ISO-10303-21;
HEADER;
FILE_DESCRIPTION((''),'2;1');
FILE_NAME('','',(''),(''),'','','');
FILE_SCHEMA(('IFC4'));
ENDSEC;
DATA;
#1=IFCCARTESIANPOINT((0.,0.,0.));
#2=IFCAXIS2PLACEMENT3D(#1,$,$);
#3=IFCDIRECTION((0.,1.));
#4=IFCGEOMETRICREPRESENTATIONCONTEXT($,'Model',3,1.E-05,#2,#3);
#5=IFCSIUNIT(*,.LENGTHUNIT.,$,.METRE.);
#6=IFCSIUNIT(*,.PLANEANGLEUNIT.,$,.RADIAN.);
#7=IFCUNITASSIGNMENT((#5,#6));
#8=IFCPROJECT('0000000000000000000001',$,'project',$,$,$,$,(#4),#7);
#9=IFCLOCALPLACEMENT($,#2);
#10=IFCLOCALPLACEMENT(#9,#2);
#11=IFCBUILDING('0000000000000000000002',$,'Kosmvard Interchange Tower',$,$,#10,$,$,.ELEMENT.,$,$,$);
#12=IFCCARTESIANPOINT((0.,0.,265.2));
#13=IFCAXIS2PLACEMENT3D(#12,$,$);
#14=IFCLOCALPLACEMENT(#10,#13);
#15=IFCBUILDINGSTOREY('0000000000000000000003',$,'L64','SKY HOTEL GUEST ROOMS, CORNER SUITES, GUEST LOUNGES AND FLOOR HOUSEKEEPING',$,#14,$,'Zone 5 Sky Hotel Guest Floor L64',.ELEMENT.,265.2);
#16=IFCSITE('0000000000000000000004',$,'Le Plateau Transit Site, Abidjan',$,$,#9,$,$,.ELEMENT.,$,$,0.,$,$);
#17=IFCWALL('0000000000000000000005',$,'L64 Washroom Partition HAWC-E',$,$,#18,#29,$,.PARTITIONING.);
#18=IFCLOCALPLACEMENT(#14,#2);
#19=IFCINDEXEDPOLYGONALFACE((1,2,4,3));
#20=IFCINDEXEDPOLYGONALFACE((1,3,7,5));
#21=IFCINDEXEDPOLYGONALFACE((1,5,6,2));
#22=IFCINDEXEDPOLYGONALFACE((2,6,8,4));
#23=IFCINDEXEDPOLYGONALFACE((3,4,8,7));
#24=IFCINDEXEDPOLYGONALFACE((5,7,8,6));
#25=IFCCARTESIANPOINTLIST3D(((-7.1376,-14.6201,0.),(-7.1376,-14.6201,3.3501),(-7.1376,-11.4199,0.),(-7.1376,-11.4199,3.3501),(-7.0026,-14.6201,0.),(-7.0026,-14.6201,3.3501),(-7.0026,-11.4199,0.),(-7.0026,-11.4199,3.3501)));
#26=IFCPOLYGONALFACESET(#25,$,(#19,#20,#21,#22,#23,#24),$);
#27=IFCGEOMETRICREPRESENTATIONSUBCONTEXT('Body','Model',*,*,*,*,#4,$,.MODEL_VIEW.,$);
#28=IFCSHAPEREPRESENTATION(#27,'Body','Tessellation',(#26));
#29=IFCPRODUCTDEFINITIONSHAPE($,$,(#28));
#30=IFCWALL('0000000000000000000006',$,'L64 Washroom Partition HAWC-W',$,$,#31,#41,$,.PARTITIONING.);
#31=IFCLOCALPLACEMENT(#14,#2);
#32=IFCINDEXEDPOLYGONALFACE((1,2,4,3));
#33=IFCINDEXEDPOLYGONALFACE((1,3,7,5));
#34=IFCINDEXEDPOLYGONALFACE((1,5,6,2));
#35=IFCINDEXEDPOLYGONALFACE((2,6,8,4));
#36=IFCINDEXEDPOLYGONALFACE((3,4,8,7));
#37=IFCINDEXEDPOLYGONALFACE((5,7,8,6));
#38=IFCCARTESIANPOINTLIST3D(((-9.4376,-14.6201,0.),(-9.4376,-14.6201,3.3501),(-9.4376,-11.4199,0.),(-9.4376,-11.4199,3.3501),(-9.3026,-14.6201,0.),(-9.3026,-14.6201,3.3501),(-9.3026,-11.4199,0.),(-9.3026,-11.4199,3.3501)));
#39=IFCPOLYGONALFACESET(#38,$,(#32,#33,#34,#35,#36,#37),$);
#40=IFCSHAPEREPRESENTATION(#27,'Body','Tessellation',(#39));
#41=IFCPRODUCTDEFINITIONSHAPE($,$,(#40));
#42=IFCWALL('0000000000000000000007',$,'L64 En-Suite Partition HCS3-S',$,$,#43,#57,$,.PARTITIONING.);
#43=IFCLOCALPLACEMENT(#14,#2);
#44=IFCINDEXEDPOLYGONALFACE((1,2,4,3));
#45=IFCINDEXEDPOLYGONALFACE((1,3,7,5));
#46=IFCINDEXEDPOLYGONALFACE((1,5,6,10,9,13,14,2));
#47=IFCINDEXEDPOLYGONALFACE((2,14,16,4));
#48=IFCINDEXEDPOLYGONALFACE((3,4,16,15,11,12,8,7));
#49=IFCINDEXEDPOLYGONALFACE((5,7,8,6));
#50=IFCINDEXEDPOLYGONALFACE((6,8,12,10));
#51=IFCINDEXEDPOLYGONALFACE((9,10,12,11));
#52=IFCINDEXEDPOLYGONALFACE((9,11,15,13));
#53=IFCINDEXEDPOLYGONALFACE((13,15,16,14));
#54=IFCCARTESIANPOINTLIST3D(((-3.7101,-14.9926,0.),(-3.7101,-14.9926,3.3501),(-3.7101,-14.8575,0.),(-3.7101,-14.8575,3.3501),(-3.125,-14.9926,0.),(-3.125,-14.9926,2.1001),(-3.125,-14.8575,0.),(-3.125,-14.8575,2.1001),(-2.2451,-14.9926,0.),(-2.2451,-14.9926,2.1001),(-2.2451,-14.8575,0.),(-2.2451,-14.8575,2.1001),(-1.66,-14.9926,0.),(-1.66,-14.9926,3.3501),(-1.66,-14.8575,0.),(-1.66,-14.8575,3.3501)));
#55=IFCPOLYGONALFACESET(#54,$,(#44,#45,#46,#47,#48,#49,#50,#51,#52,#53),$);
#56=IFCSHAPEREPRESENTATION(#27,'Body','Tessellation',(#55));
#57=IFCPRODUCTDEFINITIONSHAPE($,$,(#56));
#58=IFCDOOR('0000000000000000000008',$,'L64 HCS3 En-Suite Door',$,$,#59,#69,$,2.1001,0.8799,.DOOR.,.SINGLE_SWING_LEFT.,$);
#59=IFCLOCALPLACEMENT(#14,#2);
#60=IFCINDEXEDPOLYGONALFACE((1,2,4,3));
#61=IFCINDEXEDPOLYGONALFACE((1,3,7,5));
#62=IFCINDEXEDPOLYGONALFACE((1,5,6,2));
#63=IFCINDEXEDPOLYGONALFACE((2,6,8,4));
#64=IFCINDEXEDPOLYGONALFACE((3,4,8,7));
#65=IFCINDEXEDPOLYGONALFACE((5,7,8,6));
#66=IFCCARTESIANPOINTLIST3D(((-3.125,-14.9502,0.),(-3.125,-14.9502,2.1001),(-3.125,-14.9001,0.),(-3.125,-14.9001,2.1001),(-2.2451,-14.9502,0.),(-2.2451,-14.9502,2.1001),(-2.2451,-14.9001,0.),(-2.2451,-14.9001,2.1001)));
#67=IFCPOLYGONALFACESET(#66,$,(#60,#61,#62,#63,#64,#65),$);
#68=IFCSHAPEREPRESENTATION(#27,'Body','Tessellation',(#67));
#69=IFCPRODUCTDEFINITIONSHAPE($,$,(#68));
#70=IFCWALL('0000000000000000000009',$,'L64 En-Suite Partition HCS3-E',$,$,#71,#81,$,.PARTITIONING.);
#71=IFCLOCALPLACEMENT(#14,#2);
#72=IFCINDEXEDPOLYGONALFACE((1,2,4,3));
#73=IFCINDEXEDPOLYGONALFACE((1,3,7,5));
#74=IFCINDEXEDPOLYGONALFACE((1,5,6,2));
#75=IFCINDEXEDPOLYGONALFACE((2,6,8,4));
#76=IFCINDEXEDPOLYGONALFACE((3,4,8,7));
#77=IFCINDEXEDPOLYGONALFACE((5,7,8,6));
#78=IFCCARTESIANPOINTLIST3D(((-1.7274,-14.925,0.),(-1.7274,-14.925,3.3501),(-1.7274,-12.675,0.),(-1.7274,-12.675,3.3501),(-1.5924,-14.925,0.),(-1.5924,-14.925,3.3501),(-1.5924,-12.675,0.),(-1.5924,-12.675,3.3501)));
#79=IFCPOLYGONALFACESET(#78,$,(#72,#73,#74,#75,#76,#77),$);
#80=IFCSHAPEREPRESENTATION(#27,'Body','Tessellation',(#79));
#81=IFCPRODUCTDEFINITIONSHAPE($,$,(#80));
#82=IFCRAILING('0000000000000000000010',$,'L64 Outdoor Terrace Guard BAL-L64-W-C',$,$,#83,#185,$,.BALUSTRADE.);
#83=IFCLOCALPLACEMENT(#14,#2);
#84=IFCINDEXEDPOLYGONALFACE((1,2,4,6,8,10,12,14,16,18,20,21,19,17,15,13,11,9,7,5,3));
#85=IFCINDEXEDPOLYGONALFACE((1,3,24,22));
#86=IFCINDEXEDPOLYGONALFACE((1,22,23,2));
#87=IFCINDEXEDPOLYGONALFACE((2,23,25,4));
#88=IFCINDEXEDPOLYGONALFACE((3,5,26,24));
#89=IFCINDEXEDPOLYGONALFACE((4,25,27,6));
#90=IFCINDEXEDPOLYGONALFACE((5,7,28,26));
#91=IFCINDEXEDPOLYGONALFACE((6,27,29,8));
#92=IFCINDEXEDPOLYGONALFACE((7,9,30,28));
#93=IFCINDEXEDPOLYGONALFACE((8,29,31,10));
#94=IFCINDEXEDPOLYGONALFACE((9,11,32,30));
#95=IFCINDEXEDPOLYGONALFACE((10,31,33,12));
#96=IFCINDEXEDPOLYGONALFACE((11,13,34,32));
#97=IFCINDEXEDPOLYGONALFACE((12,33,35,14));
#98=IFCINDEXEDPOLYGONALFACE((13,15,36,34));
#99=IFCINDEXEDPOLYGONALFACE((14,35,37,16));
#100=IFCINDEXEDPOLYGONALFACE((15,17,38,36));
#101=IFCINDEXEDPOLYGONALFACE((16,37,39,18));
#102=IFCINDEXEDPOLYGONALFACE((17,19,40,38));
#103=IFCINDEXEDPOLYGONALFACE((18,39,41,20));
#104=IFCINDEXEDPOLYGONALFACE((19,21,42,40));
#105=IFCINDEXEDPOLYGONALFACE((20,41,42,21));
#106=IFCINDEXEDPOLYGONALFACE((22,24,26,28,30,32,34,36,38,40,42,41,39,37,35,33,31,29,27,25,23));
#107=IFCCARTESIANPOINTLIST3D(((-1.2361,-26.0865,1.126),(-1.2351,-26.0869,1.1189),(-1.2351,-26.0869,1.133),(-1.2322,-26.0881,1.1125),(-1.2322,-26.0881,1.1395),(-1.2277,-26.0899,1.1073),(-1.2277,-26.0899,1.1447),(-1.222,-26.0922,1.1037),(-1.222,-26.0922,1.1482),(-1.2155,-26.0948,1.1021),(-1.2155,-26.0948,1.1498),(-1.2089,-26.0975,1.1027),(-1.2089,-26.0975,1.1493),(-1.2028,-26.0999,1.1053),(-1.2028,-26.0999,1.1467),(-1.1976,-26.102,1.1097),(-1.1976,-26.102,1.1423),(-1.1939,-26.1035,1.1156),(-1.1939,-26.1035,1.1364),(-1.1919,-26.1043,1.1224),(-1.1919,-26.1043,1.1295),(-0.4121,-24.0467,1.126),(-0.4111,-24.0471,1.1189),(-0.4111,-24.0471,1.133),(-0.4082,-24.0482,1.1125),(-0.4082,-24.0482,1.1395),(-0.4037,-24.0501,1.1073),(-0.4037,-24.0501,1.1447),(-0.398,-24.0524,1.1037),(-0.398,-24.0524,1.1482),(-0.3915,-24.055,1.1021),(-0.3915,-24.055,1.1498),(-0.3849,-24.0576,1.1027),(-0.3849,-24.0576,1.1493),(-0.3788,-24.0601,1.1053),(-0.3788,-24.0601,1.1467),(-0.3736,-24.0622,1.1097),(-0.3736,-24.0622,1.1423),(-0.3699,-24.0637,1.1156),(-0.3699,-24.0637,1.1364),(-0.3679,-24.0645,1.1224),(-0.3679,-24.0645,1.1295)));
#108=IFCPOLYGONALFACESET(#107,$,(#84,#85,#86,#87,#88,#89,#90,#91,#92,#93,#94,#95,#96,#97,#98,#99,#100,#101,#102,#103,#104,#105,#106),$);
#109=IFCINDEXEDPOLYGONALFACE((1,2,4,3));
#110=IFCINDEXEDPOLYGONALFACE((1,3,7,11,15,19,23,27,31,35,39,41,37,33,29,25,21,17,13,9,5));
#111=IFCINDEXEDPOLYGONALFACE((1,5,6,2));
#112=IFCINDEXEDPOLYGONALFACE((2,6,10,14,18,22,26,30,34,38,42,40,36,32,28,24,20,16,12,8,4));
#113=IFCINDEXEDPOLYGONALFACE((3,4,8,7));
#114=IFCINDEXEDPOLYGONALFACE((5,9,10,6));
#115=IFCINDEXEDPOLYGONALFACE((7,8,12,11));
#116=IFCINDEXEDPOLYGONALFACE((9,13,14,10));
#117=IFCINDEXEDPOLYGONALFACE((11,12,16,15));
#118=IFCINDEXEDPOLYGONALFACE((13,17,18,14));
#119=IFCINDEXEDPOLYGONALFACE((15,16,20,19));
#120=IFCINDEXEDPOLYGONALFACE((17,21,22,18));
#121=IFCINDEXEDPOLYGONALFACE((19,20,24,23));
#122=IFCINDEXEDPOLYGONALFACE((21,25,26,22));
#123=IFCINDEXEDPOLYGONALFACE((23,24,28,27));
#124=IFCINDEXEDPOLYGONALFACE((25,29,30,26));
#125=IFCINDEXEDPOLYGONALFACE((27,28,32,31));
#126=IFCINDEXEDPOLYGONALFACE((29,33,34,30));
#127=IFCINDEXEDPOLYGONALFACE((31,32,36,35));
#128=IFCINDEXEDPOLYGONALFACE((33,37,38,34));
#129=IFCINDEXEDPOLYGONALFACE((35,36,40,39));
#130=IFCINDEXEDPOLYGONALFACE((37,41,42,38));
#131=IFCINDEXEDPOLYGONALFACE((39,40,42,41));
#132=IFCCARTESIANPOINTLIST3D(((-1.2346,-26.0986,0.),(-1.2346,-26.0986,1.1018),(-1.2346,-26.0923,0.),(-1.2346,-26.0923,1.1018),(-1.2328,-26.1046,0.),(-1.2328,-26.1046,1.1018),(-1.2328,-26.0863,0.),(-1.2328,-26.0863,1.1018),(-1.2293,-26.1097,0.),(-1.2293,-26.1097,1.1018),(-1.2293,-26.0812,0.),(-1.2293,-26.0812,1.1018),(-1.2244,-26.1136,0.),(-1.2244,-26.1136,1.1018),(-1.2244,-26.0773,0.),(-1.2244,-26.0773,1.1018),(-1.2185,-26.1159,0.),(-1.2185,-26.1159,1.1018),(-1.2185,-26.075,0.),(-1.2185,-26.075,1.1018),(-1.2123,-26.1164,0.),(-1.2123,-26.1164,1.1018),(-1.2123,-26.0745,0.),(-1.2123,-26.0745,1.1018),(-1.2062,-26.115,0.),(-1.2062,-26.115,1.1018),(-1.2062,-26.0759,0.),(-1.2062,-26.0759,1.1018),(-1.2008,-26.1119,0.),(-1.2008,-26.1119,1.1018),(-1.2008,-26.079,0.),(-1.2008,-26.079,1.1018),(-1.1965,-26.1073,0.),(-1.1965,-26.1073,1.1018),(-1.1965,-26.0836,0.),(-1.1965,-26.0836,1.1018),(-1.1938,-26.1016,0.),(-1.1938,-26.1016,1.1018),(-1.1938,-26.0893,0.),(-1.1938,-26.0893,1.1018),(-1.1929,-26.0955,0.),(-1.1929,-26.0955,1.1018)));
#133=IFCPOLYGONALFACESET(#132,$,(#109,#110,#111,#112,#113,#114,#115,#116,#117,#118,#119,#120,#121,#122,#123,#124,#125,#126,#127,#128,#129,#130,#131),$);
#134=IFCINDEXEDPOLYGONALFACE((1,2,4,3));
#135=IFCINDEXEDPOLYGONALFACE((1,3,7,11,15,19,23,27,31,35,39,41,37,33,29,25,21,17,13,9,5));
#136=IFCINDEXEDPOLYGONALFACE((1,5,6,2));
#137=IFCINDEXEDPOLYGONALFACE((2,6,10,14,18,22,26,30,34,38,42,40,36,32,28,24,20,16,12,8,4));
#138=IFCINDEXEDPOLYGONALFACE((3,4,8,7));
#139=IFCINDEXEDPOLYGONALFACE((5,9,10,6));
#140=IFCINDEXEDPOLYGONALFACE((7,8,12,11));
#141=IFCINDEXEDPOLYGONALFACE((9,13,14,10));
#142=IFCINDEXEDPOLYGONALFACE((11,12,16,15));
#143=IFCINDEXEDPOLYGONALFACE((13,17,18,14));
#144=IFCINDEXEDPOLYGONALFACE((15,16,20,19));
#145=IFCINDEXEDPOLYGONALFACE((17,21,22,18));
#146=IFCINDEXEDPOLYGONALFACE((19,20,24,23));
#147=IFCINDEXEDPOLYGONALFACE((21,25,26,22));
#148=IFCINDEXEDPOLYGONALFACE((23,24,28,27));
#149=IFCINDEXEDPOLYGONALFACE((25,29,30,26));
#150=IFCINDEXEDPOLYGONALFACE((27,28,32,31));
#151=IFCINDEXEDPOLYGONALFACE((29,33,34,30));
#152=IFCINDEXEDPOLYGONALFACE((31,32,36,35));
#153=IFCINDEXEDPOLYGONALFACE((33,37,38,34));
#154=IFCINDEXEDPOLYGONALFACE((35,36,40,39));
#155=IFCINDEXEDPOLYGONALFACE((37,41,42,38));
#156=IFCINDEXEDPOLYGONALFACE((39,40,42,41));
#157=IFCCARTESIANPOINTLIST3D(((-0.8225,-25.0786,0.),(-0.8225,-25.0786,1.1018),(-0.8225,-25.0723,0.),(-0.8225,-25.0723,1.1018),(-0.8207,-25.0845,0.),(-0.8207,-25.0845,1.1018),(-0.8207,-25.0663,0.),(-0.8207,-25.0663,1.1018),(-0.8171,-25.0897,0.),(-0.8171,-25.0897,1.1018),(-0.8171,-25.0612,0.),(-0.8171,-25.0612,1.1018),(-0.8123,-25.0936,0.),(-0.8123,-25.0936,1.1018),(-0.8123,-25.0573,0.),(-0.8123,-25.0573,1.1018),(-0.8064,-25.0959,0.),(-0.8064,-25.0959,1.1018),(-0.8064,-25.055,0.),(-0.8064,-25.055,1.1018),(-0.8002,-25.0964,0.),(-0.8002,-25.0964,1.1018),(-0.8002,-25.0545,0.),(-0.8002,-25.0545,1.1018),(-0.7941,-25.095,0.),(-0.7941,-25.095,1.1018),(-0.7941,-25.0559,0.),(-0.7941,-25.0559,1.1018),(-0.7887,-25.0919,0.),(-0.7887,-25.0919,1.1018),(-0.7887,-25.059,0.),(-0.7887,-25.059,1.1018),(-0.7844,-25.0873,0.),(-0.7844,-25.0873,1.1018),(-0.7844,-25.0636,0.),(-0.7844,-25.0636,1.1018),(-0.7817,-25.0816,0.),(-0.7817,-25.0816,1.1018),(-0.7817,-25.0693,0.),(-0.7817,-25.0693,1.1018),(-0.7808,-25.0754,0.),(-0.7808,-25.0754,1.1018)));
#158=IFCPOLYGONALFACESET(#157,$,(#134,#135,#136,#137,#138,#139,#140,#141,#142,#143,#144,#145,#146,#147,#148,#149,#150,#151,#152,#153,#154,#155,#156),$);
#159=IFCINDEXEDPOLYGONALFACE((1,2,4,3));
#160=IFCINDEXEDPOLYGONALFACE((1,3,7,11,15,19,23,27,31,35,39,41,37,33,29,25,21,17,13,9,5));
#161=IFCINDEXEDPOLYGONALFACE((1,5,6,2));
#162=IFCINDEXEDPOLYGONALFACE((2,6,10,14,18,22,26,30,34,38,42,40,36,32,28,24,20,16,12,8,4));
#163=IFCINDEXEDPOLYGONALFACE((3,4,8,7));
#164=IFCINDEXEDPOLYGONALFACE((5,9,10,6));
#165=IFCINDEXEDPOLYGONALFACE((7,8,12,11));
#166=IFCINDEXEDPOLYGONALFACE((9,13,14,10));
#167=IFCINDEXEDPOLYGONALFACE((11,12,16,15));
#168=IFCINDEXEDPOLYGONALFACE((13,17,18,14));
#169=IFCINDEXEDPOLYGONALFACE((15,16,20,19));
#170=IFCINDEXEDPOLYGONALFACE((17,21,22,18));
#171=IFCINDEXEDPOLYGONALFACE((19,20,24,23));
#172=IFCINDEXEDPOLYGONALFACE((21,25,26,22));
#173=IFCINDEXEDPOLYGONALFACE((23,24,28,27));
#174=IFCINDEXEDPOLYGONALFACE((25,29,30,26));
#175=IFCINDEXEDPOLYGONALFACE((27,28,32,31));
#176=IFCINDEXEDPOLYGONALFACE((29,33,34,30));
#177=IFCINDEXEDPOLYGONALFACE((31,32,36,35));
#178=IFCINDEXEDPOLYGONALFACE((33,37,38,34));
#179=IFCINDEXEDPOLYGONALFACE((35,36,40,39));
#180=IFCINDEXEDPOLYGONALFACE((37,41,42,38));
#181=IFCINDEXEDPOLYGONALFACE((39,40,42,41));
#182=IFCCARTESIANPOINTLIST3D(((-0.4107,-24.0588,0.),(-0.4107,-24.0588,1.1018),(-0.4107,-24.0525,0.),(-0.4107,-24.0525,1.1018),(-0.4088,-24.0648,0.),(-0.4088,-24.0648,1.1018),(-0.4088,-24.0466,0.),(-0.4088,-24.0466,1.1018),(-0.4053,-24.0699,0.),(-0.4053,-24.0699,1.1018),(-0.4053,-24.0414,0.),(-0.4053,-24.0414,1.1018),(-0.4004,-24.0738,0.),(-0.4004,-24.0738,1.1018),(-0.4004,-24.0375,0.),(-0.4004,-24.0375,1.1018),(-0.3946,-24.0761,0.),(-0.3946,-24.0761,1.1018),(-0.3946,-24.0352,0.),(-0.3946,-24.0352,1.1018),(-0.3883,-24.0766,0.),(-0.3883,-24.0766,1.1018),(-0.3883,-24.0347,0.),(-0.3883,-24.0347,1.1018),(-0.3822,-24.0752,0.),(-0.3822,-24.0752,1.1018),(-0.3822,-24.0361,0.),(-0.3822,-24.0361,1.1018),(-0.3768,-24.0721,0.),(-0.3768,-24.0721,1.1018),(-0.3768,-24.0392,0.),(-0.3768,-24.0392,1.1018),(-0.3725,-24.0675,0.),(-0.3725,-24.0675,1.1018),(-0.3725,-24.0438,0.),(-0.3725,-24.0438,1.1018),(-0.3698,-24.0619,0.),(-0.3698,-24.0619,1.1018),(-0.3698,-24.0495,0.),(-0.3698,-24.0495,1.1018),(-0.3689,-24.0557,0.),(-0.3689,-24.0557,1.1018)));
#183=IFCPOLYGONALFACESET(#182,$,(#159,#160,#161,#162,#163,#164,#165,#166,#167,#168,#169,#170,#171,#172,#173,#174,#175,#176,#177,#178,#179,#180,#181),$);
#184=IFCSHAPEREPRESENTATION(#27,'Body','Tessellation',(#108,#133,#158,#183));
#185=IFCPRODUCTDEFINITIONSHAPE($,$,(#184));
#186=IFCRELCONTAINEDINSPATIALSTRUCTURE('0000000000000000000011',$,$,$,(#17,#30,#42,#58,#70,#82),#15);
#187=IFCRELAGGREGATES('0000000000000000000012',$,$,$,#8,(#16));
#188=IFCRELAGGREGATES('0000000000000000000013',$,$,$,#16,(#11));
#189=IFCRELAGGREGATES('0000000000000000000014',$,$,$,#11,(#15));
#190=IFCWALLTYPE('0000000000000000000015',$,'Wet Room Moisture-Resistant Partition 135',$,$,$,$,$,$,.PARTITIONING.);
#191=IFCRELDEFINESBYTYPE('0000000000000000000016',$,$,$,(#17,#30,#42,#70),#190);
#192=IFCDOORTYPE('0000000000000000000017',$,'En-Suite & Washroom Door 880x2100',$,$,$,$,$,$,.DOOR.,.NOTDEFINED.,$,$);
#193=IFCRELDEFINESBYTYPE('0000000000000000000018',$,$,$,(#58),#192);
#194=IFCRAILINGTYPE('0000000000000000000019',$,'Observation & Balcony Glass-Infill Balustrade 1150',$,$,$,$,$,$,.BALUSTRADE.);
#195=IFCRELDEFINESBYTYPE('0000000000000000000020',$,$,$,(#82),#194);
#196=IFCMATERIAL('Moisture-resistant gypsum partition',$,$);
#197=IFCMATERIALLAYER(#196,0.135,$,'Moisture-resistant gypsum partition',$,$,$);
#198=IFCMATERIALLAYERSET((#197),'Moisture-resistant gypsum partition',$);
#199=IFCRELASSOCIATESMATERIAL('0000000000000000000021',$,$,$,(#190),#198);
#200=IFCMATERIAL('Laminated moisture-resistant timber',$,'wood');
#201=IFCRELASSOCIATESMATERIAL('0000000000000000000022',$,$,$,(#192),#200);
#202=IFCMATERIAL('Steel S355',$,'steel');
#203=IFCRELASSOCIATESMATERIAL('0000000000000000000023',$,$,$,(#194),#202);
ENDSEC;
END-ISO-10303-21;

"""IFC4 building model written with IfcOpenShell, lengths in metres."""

from ifc_helpers import new_model, si_unit, direction, frame, frame_2d, origin, origin_2d, place, context, subcontext, project, spatial, rectangle, circle, extrude, source, transform, mapped, material, layer, layer_set, type_object, element, fill, save


model = new_model("IFC4")

# Units and contexts
model_context = context("Model", 3, precision=1e-05, world=origin(), true_north=direction((0.0, 1.0)))
body_context = subcontext(model_context, "Body", "Model", "MODEL_VIEW")
ifc_project = project(units=[si_unit("LENGTHUNIT", "METRE"), si_unit("PLANEANGLEUNIT", "RADIAN")], contexts=[model_context])

# Site, building, storey
site_placement = place(None, origin())
site = spatial("IfcSite", under=ifc_project, at=site_placement, Name="Le Plateau Transit Site, Abidjan", CompositionType="ELEMENT", RefElevation=0.0)
building_placement = place(site_placement, origin())
building = spatial("IfcBuilding", under=site, at=building_placement, Name="Kosmvard Interchange Tower", CompositionType="ELEMENT")
storey_placement = place(building_placement, frame((0.0, 0.0, 265.2)))
storey = spatial("IfcBuildingStorey", under=building, at=storey_placement, Name="L64", Description="SKY HOTEL GUEST ROOMS, CORNER SUITES, GUEST LOUNGES AND FLOOR HOUSEKEEPING", LongName="Zone 5 Sky Hotel Guest Floor L64", CompositionType="ELEMENT", Elevation=265.2)

# Shared definitions
ifc_material_1 = material(Name="Steel S355", Category="steel")

# Walls
ifc_material_2 = material(Name="Moisture-resistant gypsum partition")
ifc_layer = layer(ifc_material_2, 0.135, Name="Moisture-resistant gypsum partition")
ifc_layer_set = layer_set([ifc_layer], Name="Moisture-resistant gypsum partition")
wall_type = type_object("IfcWallType", Name="Wet Room Moisture-Resistant Partition 135", PredefinedType="PARTITIONING", material=ifc_layer_set)
for number, where, z_axis, x_axis, name in (
    (1, (-7.0701, -14.6201, 0.0), (0.0, 0.0, 1.0), (0.0, 1.0, 0.0), "L64 Washroom Partition HAWC-E"),
    (2, (-9.3701, -14.6201, 0.0), (0.0, 0.0, 1.0), (0.0, 1.0, 0.0), "L64 Washroom Partition HAWC-W"),
):
    element("IfcWall", number, at=place(storey_placement, frame(where, z_axis=z_axis, x_axis=x_axis)), inside=storey, type_object=wall_type, Name=name, PredefinedType="PARTITIONING", context=body_context, shape_type="SweptSolid", body=[
        extrude(rectangle(XDim=3.2002, YDim=0.135, at=frame_2d((1.6001, 0.0))), origin(), (0.0, 0.0, 1.0), 3.3501),
    ])

# Wall, opening, door
wall_1_placement = place(storey_placement, frame((-3.71, -14.925, 0.0), z_axis=(0.0, 0.0, 1.0), x_axis=(1.0, 0.0, 0.0)))
wall_1 = element("IfcWall", 3, at=wall_1_placement, inside=storey, type_object=wall_type, Name="L64 En-Suite Partition HCS3-S", PredefinedType="PARTITIONING", context=body_context, shape_type="SweptSolid", body=[
    extrude(rectangle(XDim=2.05, YDim=0.135, at=frame_2d((1.0249, 0.0))), origin(), (0.0, 0.0, 1.0), 3.3501),
])
opening_placement = place(wall_1_placement, frame((0.585, 0.0, 0.0)))
opening = element("IfcOpeningElement", 4, at=opening_placement, cuts=wall_1, PredefinedType="OPENING", context=body_context, shape_type="SweptSolid", body=[
    extrude(rectangle(XDim=0.8799, YDim=2.1001, at=frame_2d((0.4399, 1.05))), frame((0.0, 0.0776, 0.0), z_axis=(0.0, -1.0, 0.0), x_axis=(1.0, 0.0, 0.0)), (0.0, 0.0, 1.0), 0.155),
])
ifc_material_3 = material(Name="Laminated moisture-resistant timber", Category="wood")
door_type = type_object("IfcDoorType", Name="En-Suite & Washroom Door 880x2100", OperationType="NOTDEFINED", PredefinedType="DOOR", material=ifc_material_3)
shared_shape_1 = source(origin(), body_context, "Body", "SweptSolid", [
    extrude(rectangle(XDim=0.8799, YDim=2.1001, at=frame_2d((0.4399, 1.05))), frame((0.0, 0.0249, 0.0), z_axis=(0.0, -1.0, 0.0), x_axis=(1.0, 0.0, 0.0)), (0.0, 0.0, 1.0), 0.05),
])
door_placement = place(opening_placement, origin())
door = element("IfcDoor", 5, at=door_placement, inside=storey, type_object=door_type, Name="L64 HCS3 En-Suite Door", OperationType="SINGLE_SWING_LEFT", OverallHeight=2.1001, OverallWidth=0.8799, PredefinedType="DOOR", context=body_context, shape_type="MappedRepresentation", body=[
    mapped(shared_shape_1, transform((0.0, 0.0, 0.0), scale=1.0)),
])
fill(opening, door)

# Wall
wall_2_placement = place(storey_placement, frame((-1.6599, -14.925, 0.0), z_axis=(0.0, 0.0, 1.0), x_axis=(0.0, 1.0, 0.0)))
element("IfcWall", 6, at=wall_2_placement, inside=storey, type_object=wall_type, Name="L64 En-Suite Partition HCS3-E", PredefinedType="PARTITIONING", context=body_context, shape_type="SweptSolid", body=[
    extrude(rectangle(XDim=2.25, YDim=0.135, at=frame_2d((1.125, 0.0))), origin(), (0.0, 0.0, 1.0), 3.3501),
])

# Railing
railing_type = type_object("IfcRailingType", Name="Observation & Balcony Glass-Infill Balustrade 1150", PredefinedType="BALUSTRADE", material=ifc_material_1)
shared_shape_2 = source(origin(), body_context, "Body", "SweptSolid", [
    extrude(circle(Radius=0.0239, at=origin_2d()), frame((0.0, 0.0, 1.126), z_axis=(0.374546, 0.927208, 0.0), x_axis=(-0.927208, 0.374546, 0.0)), (0.0, 0.0, 1.0), 2.2),
    extrude(circle(Radius=0.021, at=origin_2d()), origin(), (0.0, 0.0, 1.0), 1.1018),
    extrude(circle(Radius=0.021, at=origin_2d()), frame((0.4121, 1.02, 0.0)), (0.0, 0.0, 1.0), 1.1018),
    extrude(circle(Radius=0.021, at=origin_2d()), frame((0.824, 2.0398, 0.0)), (0.0, 0.0, 1.0), 1.1018),
])
railing_1_placement = place(storey_placement, frame((-1.2139, -26.0955, 0.0)))
element("IfcRailing", 7, at=railing_1_placement, inside=storey, type_object=railing_type, Name="L64 Outdoor Terrace Guard BAL-L64-W-C", PredefinedType="BALUSTRADE", context=body_context, shape_type="MappedRepresentation", body=[
    mapped(shared_shape_2, transform((0.0, 0.0, 0.0), scale=1.0)),
])

save(model, "model.ifc")
